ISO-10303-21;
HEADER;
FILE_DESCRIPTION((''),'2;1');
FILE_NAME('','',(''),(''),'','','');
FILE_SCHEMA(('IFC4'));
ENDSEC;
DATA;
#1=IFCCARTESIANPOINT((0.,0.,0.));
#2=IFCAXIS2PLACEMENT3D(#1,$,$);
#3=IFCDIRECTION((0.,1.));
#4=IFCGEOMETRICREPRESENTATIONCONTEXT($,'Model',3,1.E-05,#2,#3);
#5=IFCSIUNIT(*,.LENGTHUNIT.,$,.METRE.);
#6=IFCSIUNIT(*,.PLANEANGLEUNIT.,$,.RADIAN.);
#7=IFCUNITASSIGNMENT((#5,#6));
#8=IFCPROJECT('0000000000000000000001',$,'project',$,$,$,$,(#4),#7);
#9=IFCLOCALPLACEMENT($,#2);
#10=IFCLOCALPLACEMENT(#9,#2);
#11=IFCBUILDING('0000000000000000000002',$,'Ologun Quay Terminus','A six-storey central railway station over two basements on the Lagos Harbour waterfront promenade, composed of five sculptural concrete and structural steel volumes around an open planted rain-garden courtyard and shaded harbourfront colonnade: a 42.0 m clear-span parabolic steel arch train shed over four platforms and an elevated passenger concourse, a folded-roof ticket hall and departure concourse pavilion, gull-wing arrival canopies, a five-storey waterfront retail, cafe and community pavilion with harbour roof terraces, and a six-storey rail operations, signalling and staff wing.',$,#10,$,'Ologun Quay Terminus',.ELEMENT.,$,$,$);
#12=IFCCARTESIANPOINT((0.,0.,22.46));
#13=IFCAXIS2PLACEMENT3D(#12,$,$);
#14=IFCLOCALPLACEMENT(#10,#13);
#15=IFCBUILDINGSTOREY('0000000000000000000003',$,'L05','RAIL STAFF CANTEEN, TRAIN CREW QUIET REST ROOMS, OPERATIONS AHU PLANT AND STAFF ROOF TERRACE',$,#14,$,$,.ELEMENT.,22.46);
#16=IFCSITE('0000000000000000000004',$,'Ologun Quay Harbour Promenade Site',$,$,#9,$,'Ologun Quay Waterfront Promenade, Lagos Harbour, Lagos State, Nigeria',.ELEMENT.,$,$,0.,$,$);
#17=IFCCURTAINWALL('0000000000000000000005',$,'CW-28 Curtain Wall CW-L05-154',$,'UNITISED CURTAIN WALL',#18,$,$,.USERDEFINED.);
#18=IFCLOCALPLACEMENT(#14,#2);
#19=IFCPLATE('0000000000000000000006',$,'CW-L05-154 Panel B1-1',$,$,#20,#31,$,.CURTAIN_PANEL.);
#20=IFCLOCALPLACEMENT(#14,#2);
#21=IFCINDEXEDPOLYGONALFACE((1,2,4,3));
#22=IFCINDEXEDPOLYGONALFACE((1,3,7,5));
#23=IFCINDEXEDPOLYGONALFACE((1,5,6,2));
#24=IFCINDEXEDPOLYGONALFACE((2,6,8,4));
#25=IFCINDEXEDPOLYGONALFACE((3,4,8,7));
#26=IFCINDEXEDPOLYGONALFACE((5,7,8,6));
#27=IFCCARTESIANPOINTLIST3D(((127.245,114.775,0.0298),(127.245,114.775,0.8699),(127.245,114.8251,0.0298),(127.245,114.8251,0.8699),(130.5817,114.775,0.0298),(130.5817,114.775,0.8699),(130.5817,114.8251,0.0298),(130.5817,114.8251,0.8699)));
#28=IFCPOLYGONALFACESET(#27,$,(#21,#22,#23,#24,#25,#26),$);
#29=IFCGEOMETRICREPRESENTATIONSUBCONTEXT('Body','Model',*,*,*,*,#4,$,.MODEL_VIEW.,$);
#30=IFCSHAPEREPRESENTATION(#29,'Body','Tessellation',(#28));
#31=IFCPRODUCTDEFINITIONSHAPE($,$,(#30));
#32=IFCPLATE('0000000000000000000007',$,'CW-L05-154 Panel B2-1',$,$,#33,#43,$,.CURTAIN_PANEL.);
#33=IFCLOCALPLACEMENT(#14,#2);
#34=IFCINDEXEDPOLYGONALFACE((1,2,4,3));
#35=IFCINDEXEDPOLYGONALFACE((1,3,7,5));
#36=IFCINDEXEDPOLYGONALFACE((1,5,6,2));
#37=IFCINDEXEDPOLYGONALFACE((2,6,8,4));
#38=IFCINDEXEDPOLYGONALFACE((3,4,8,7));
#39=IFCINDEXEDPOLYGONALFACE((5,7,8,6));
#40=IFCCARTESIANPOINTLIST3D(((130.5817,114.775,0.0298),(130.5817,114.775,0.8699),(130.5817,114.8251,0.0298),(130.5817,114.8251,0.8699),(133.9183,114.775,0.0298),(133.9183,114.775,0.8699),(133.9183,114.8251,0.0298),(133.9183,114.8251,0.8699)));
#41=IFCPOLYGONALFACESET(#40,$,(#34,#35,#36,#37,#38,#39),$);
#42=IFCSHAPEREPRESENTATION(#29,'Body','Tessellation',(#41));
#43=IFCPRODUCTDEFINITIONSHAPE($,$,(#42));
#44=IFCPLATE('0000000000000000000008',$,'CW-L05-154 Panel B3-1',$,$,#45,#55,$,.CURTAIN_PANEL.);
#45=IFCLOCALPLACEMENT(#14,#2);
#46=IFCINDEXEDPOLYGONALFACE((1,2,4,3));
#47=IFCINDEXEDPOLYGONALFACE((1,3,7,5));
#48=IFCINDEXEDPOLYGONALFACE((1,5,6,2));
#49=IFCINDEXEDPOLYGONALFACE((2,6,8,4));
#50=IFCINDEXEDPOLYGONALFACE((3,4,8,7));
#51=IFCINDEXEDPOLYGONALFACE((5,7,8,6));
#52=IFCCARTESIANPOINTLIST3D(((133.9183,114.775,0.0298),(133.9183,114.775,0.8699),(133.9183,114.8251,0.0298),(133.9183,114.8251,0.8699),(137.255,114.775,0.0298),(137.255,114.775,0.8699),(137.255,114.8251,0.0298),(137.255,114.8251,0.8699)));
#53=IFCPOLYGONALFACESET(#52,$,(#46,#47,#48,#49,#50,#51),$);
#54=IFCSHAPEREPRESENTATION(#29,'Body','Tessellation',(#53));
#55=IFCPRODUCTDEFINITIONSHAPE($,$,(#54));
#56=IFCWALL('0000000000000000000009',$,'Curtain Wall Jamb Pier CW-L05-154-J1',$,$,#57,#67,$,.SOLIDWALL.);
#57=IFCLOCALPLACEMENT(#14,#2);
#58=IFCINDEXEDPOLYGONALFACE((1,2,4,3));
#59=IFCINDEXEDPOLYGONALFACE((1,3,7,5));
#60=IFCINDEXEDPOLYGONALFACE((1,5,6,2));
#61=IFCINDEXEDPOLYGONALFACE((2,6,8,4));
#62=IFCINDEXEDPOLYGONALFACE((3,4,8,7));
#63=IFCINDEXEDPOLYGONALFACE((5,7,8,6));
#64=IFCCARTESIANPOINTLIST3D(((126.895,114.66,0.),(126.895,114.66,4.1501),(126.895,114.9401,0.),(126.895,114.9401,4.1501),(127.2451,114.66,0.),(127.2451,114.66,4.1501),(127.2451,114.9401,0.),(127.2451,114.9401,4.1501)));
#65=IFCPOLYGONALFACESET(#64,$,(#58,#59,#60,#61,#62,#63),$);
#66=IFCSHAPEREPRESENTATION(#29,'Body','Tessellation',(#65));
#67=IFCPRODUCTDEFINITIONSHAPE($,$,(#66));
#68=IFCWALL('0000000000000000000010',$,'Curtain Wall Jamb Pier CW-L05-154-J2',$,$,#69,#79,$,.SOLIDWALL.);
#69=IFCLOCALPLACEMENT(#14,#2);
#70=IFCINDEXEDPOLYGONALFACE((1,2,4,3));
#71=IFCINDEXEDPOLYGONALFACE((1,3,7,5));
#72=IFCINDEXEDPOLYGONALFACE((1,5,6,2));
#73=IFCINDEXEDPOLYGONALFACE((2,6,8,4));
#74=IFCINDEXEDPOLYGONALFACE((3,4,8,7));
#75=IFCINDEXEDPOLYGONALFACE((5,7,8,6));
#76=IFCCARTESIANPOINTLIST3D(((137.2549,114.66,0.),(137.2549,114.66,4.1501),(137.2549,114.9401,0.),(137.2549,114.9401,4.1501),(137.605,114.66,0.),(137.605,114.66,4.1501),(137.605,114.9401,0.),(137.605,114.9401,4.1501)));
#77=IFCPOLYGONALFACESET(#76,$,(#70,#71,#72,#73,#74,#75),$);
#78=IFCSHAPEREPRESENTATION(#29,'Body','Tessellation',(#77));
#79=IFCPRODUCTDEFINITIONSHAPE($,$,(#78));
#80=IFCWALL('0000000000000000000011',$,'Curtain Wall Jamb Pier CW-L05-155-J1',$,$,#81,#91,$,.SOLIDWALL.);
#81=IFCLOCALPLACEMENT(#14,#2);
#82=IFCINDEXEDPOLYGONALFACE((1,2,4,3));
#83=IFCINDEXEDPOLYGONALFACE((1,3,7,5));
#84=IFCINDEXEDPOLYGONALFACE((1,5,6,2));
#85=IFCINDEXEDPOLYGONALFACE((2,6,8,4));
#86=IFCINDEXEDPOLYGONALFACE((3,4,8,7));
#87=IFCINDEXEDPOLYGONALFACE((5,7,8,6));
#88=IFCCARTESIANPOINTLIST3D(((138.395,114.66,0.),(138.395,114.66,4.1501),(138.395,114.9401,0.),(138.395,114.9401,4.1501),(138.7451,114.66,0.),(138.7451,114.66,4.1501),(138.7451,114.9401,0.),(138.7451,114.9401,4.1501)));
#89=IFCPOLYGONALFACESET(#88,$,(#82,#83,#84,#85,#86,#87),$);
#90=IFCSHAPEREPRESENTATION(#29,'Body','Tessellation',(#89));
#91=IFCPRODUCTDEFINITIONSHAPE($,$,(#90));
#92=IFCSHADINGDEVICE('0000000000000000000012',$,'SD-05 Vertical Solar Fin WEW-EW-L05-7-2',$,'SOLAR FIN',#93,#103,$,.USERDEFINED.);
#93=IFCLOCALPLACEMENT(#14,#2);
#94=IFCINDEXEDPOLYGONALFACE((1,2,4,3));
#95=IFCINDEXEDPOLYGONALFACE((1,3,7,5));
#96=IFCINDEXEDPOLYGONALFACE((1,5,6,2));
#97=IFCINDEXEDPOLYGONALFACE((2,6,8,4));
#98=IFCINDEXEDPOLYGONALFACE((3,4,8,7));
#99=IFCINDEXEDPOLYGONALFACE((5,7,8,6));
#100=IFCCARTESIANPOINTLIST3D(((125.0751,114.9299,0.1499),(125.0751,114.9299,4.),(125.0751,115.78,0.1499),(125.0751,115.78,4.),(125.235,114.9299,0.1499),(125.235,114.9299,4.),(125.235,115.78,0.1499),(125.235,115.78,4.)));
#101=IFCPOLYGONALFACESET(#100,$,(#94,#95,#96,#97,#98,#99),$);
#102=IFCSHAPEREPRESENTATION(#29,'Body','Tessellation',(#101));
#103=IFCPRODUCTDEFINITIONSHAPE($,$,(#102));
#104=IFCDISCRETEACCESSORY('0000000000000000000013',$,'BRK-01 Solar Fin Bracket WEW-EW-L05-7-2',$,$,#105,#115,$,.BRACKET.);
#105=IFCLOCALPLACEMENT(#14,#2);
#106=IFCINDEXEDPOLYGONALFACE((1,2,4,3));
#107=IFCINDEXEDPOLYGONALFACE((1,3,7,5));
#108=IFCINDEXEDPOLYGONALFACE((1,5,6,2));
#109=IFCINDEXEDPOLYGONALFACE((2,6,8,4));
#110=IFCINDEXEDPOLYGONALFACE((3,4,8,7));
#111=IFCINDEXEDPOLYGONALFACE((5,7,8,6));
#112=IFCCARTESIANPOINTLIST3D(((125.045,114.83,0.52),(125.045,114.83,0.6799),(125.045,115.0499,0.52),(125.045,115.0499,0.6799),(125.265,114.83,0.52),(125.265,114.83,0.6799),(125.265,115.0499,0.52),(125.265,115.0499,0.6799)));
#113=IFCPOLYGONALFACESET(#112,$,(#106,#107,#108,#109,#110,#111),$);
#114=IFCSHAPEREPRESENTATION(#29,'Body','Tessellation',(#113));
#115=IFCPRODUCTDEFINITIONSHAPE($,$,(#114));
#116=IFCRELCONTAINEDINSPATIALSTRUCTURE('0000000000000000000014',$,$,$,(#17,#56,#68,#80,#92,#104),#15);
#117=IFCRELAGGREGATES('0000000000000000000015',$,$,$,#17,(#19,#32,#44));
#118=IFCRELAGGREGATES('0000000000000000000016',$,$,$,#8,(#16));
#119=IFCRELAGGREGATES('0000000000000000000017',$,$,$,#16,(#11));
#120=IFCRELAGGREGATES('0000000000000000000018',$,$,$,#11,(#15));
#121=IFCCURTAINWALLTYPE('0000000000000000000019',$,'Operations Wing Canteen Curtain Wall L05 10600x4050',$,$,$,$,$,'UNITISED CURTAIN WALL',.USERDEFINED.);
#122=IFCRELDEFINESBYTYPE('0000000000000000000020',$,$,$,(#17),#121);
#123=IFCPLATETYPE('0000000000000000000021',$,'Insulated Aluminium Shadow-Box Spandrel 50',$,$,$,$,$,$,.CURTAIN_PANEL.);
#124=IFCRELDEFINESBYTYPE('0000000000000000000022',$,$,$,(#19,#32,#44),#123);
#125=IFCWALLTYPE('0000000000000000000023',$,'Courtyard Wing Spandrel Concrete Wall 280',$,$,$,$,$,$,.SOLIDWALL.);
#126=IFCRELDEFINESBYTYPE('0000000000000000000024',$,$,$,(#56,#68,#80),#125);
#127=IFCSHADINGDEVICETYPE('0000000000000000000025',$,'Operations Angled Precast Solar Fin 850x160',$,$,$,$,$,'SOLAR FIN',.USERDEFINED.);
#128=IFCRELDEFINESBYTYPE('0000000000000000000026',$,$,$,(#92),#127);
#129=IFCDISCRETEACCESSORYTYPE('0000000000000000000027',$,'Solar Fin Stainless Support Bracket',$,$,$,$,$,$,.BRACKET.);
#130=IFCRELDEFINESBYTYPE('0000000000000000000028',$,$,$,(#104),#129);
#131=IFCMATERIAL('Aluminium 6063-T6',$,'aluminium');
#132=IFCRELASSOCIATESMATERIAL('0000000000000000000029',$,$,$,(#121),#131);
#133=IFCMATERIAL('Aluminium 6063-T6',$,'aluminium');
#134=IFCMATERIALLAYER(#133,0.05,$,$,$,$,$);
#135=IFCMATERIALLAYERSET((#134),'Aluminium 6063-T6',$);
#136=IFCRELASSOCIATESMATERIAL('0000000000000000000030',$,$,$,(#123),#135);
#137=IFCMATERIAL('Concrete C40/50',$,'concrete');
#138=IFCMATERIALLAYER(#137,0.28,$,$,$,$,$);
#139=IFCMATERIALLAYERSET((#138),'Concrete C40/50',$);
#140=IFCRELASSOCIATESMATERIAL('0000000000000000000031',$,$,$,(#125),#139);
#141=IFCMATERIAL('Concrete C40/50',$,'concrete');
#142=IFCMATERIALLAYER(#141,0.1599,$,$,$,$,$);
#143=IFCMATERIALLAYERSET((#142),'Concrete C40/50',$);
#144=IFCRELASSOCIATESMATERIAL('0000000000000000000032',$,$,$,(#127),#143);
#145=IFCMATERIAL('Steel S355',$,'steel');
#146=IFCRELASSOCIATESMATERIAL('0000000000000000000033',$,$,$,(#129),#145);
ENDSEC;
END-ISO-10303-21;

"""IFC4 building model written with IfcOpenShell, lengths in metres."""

from ifc_helpers import new_model, si_unit, direction, frame, frame_2d, origin, origin_2d, place, context, subcontext, project, spatial, rectangle, extrude, material, layer, layer_set, type_object, element, aggregate, save


model = new_model("IFC4")

# Units and contexts
model_context = context("Model", 3, precision=1e-05, world=origin(), true_north=direction((0.0, 1.0)))
body_context = subcontext(model_context, "Body", "Model", "MODEL_VIEW")
ifc_project = project(units=[si_unit("LENGTHUNIT", "METRE"), si_unit("PLANEANGLEUNIT", "RADIAN")], contexts=[model_context])

# Site, building, storey
site_placement = place(None, origin())
site = spatial("IfcSite", under=ifc_project, at=site_placement, Name="Ologun Quay Harbour Promenade Site", LongName="Ologun Quay Waterfront Promenade, Lagos Harbour, Lagos State, Nigeria", CompositionType="ELEMENT", RefElevation=0.0)
building_placement = place(site_placement, origin())
building = spatial("IfcBuilding", under=site, at=building_placement, Name="Ologun Quay Terminus", Description="A six-storey central railway station over two basements on the Lagos Harbour waterfront promenade, composed of five sculptural concrete and structural steel volumes around an open planted rain-garden courtyard and shaded harbourfront colonnade: a 42.0 m clear-span parabolic steel arch train shed over four platforms and an elevated passenger concourse, a folded-roof ticket hall and departure concourse pavilion, gull-wing arrival canopies, a five-storey waterfront retail, cafe and community pavilion with harbour roof terraces, and a six-storey rail operations, signalling and staff wing.", LongName="Ologun Quay Terminus", CompositionType="ELEMENT")
storey_placement = place(building_placement, frame((0.0, 0.0, 22.46)))
storey = spatial("IfcBuildingStorey", under=building, at=storey_placement, Name="L05", Description="RAIL STAFF CANTEEN, TRAIN CREW QUIET REST ROOMS, OPERATIONS AHU PLANT AND STAFF ROOF TERRACE", CompositionType="ELEMENT", Elevation=22.46)

# Curtain wall
ifc_material_1 = material(Name="Aluminium 6063-T6", Category="aluminium")
curtain_wall_type = type_object("IfcCurtainWallType", Name="Operations Wing Canteen Curtain Wall L05 10600x4050", ElementType="UNITISED CURTAIN WALL", PredefinedType="USERDEFINED", material=ifc_material_1)
curtain_wall_1_placement = place(storey_placement, origin())
curtain_wall_1 = element("IfcCurtainWall", 1, at=curtain_wall_1_placement, inside=storey, type_object=curtain_wall_type, Name="CW-28 Curtain Wall CW-L05-154", ObjectType="UNITISED CURTAIN WALL", PredefinedType="USERDEFINED")

# Plates
ifc_material_2 = material(Name="Aluminium 6063-T6", Category="aluminium")
ifc_layer_1 = layer(ifc_material_2, 0.05)
ifc_layer_set_1 = layer_set([ifc_layer_1], Name="Aluminium 6063-T6")
plate_type_1 = type_object("IfcPlateType", Name="Insulated Aluminium Shadow-Box Spandrel 50", PredefinedType="CURTAIN_PANEL", material=ifc_layer_set_1)
plate_1_placement = place(storey_placement, frame((128.9133, 114.8, 0.0298), z_axis=(0.0, 0.0, 1.0), x_axis=(1.0, 0.0, 0.0)))
plate_1 = element("IfcPlate", 2, at=plate_1_placement, type_object=plate_type_1, Name="CW-L05-154 Panel B1-1", PredefinedType="CURTAIN_PANEL", context=body_context, shape_type="SweptSolid", body=[
    extrude(rectangle(XDim=3.3367, YDim=0.05, at=origin_2d()), origin(), (0.0, 0.0, 1.0), 0.8401),
])
plate_2_placement = place(storey_placement, frame((132.25, 114.8, 0.0298), z_axis=(0.0, 0.0, 1.0), x_axis=(1.0, 0.0, 0.0)))
plate_2 = element("IfcPlate", 3, at=plate_2_placement, type_object=plate_type_1, Name="CW-L05-154 Panel B2-1", PredefinedType="CURTAIN_PANEL", context=body_context, shape_type="SweptSolid", body=[
    extrude(rectangle(XDim=3.3367, YDim=0.05, at=origin_2d()), origin(), (0.0, 0.0, 1.0), 0.8401),
])
plate_3_placement = place(storey_placement, frame((135.5867, 114.8, 0.0298), z_axis=(0.0, 0.0, 1.0), x_axis=(1.0, 0.0, 0.0)))
plate_3 = element("IfcPlate", 4, at=plate_3_placement, type_object=plate_type_1, Name="CW-L05-154 Panel B3-1", PredefinedType="CURTAIN_PANEL", context=body_context, shape_type="SweptSolid", body=[
    extrude(rectangle(XDim=3.3367, YDim=0.05, at=origin_2d()), origin(), (0.0, 0.0, 1.0), 0.8401),
])
aggregate(curtain_wall_1, [plate_1, plate_2, plate_3])

# Walls
ifc_material_3 = material(Name="Concrete C40/50", Category="concrete")
ifc_layer_2 = layer(ifc_material_3, 0.28)
ifc_layer_set_2 = layer_set([ifc_layer_2], Name="Concrete C40/50")
wall_type = type_object("IfcWallType", Name="Courtyard Wing Spandrel Concrete Wall 280", PredefinedType="SOLIDWALL", material=ifc_layer_set_2)
for number, where, z_axis, x_axis, name in (
    (5, (126.895, 114.8, 0.0), (0.0, 0.0, 1.0), (1.0, 0.0, 0.0), "Curtain Wall Jamb Pier CW-L05-154-J1"),
    (6, (137.2549, 114.8, 0.0), (0.0, 0.0, 1.0), (1.0, 0.0, 0.0), "Curtain Wall Jamb Pier CW-L05-154-J2"),
    (7, (138.395, 114.8, 0.0), (0.0, 0.0, 1.0), (1.0, 0.0, 0.0), "Curtain Wall Jamb Pier CW-L05-155-J1"),
):
    element("IfcWall", number, at=place(storey_placement, frame(where, z_axis=z_axis, x_axis=x_axis)), inside=storey, type_object=wall_type, Name=name, PredefinedType="SOLIDWALL", context=body_context, shape_type="SweptSolid", body=[
        extrude(rectangle(XDim=0.3501, YDim=0.28, at=frame_2d((0.175, 0.0))), origin(), (0.0, 0.0, 1.0), 4.1501),
    ])

# Shading device
ifc_material_4 = material(Name="Concrete C40/50", Category="concrete")
ifc_layer_3 = layer(ifc_material_4, 0.1599)
ifc_layer_set_3 = layer_set([ifc_layer_3], Name="Concrete C40/50")
shading_device_type = type_object("IfcShadingDeviceType", Name="Operations Angled Precast Solar Fin 850x160", ElementType="SOLAR FIN", PredefinedType="USERDEFINED", material=ifc_layer_set_3)
shading_device_placement = place(storey_placement, frame((125.155, 115.355, 0.1499), z_axis=(0.0, 0.0, 1.0), x_axis=(1.0, 0.0, 0.0)))
element("IfcShadingDevice", 8, at=shading_device_placement, inside=storey, type_object=shading_device_type, Name="SD-05 Vertical Solar Fin WEW-EW-L05-7-2", ObjectType="SOLAR FIN", PredefinedType="USERDEFINED", context=body_context, shape_type="SweptSolid", body=[
    extrude(rectangle(XDim=0.1599, YDim=0.8501, at=origin_2d()), origin(), (0.0, 0.0, 1.0), 3.8501),
])

# Discrete accessory
ifc_material_5 = material(Name="Steel S355", Category="steel")
discrete_accessory_type = type_object("IfcDiscreteAccessoryType", Name="Solar Fin Stainless Support Bracket", PredefinedType="BRACKET", material=ifc_material_5)
discrete_accessory_placement = place(storey_placement, frame((125.155, 114.9399, 0.52), z_axis=(0.0, 0.0, 1.0), x_axis=(1.0, 0.0, 0.0)))
element("IfcDiscreteAccessory", 9, at=discrete_accessory_placement, inside=storey, type_object=discrete_accessory_type, Name="BRK-01 Solar Fin Bracket WEW-EW-L05-7-2", PredefinedType="BRACKET", context=body_context, shape_type="SweptSolid", body=[
    extrude(rectangle(XDim=0.22, YDim=0.22, at=origin_2d()), origin(), (0.0, 0.0, 1.0), 0.1599),
])

save(model, "model.ifc")
